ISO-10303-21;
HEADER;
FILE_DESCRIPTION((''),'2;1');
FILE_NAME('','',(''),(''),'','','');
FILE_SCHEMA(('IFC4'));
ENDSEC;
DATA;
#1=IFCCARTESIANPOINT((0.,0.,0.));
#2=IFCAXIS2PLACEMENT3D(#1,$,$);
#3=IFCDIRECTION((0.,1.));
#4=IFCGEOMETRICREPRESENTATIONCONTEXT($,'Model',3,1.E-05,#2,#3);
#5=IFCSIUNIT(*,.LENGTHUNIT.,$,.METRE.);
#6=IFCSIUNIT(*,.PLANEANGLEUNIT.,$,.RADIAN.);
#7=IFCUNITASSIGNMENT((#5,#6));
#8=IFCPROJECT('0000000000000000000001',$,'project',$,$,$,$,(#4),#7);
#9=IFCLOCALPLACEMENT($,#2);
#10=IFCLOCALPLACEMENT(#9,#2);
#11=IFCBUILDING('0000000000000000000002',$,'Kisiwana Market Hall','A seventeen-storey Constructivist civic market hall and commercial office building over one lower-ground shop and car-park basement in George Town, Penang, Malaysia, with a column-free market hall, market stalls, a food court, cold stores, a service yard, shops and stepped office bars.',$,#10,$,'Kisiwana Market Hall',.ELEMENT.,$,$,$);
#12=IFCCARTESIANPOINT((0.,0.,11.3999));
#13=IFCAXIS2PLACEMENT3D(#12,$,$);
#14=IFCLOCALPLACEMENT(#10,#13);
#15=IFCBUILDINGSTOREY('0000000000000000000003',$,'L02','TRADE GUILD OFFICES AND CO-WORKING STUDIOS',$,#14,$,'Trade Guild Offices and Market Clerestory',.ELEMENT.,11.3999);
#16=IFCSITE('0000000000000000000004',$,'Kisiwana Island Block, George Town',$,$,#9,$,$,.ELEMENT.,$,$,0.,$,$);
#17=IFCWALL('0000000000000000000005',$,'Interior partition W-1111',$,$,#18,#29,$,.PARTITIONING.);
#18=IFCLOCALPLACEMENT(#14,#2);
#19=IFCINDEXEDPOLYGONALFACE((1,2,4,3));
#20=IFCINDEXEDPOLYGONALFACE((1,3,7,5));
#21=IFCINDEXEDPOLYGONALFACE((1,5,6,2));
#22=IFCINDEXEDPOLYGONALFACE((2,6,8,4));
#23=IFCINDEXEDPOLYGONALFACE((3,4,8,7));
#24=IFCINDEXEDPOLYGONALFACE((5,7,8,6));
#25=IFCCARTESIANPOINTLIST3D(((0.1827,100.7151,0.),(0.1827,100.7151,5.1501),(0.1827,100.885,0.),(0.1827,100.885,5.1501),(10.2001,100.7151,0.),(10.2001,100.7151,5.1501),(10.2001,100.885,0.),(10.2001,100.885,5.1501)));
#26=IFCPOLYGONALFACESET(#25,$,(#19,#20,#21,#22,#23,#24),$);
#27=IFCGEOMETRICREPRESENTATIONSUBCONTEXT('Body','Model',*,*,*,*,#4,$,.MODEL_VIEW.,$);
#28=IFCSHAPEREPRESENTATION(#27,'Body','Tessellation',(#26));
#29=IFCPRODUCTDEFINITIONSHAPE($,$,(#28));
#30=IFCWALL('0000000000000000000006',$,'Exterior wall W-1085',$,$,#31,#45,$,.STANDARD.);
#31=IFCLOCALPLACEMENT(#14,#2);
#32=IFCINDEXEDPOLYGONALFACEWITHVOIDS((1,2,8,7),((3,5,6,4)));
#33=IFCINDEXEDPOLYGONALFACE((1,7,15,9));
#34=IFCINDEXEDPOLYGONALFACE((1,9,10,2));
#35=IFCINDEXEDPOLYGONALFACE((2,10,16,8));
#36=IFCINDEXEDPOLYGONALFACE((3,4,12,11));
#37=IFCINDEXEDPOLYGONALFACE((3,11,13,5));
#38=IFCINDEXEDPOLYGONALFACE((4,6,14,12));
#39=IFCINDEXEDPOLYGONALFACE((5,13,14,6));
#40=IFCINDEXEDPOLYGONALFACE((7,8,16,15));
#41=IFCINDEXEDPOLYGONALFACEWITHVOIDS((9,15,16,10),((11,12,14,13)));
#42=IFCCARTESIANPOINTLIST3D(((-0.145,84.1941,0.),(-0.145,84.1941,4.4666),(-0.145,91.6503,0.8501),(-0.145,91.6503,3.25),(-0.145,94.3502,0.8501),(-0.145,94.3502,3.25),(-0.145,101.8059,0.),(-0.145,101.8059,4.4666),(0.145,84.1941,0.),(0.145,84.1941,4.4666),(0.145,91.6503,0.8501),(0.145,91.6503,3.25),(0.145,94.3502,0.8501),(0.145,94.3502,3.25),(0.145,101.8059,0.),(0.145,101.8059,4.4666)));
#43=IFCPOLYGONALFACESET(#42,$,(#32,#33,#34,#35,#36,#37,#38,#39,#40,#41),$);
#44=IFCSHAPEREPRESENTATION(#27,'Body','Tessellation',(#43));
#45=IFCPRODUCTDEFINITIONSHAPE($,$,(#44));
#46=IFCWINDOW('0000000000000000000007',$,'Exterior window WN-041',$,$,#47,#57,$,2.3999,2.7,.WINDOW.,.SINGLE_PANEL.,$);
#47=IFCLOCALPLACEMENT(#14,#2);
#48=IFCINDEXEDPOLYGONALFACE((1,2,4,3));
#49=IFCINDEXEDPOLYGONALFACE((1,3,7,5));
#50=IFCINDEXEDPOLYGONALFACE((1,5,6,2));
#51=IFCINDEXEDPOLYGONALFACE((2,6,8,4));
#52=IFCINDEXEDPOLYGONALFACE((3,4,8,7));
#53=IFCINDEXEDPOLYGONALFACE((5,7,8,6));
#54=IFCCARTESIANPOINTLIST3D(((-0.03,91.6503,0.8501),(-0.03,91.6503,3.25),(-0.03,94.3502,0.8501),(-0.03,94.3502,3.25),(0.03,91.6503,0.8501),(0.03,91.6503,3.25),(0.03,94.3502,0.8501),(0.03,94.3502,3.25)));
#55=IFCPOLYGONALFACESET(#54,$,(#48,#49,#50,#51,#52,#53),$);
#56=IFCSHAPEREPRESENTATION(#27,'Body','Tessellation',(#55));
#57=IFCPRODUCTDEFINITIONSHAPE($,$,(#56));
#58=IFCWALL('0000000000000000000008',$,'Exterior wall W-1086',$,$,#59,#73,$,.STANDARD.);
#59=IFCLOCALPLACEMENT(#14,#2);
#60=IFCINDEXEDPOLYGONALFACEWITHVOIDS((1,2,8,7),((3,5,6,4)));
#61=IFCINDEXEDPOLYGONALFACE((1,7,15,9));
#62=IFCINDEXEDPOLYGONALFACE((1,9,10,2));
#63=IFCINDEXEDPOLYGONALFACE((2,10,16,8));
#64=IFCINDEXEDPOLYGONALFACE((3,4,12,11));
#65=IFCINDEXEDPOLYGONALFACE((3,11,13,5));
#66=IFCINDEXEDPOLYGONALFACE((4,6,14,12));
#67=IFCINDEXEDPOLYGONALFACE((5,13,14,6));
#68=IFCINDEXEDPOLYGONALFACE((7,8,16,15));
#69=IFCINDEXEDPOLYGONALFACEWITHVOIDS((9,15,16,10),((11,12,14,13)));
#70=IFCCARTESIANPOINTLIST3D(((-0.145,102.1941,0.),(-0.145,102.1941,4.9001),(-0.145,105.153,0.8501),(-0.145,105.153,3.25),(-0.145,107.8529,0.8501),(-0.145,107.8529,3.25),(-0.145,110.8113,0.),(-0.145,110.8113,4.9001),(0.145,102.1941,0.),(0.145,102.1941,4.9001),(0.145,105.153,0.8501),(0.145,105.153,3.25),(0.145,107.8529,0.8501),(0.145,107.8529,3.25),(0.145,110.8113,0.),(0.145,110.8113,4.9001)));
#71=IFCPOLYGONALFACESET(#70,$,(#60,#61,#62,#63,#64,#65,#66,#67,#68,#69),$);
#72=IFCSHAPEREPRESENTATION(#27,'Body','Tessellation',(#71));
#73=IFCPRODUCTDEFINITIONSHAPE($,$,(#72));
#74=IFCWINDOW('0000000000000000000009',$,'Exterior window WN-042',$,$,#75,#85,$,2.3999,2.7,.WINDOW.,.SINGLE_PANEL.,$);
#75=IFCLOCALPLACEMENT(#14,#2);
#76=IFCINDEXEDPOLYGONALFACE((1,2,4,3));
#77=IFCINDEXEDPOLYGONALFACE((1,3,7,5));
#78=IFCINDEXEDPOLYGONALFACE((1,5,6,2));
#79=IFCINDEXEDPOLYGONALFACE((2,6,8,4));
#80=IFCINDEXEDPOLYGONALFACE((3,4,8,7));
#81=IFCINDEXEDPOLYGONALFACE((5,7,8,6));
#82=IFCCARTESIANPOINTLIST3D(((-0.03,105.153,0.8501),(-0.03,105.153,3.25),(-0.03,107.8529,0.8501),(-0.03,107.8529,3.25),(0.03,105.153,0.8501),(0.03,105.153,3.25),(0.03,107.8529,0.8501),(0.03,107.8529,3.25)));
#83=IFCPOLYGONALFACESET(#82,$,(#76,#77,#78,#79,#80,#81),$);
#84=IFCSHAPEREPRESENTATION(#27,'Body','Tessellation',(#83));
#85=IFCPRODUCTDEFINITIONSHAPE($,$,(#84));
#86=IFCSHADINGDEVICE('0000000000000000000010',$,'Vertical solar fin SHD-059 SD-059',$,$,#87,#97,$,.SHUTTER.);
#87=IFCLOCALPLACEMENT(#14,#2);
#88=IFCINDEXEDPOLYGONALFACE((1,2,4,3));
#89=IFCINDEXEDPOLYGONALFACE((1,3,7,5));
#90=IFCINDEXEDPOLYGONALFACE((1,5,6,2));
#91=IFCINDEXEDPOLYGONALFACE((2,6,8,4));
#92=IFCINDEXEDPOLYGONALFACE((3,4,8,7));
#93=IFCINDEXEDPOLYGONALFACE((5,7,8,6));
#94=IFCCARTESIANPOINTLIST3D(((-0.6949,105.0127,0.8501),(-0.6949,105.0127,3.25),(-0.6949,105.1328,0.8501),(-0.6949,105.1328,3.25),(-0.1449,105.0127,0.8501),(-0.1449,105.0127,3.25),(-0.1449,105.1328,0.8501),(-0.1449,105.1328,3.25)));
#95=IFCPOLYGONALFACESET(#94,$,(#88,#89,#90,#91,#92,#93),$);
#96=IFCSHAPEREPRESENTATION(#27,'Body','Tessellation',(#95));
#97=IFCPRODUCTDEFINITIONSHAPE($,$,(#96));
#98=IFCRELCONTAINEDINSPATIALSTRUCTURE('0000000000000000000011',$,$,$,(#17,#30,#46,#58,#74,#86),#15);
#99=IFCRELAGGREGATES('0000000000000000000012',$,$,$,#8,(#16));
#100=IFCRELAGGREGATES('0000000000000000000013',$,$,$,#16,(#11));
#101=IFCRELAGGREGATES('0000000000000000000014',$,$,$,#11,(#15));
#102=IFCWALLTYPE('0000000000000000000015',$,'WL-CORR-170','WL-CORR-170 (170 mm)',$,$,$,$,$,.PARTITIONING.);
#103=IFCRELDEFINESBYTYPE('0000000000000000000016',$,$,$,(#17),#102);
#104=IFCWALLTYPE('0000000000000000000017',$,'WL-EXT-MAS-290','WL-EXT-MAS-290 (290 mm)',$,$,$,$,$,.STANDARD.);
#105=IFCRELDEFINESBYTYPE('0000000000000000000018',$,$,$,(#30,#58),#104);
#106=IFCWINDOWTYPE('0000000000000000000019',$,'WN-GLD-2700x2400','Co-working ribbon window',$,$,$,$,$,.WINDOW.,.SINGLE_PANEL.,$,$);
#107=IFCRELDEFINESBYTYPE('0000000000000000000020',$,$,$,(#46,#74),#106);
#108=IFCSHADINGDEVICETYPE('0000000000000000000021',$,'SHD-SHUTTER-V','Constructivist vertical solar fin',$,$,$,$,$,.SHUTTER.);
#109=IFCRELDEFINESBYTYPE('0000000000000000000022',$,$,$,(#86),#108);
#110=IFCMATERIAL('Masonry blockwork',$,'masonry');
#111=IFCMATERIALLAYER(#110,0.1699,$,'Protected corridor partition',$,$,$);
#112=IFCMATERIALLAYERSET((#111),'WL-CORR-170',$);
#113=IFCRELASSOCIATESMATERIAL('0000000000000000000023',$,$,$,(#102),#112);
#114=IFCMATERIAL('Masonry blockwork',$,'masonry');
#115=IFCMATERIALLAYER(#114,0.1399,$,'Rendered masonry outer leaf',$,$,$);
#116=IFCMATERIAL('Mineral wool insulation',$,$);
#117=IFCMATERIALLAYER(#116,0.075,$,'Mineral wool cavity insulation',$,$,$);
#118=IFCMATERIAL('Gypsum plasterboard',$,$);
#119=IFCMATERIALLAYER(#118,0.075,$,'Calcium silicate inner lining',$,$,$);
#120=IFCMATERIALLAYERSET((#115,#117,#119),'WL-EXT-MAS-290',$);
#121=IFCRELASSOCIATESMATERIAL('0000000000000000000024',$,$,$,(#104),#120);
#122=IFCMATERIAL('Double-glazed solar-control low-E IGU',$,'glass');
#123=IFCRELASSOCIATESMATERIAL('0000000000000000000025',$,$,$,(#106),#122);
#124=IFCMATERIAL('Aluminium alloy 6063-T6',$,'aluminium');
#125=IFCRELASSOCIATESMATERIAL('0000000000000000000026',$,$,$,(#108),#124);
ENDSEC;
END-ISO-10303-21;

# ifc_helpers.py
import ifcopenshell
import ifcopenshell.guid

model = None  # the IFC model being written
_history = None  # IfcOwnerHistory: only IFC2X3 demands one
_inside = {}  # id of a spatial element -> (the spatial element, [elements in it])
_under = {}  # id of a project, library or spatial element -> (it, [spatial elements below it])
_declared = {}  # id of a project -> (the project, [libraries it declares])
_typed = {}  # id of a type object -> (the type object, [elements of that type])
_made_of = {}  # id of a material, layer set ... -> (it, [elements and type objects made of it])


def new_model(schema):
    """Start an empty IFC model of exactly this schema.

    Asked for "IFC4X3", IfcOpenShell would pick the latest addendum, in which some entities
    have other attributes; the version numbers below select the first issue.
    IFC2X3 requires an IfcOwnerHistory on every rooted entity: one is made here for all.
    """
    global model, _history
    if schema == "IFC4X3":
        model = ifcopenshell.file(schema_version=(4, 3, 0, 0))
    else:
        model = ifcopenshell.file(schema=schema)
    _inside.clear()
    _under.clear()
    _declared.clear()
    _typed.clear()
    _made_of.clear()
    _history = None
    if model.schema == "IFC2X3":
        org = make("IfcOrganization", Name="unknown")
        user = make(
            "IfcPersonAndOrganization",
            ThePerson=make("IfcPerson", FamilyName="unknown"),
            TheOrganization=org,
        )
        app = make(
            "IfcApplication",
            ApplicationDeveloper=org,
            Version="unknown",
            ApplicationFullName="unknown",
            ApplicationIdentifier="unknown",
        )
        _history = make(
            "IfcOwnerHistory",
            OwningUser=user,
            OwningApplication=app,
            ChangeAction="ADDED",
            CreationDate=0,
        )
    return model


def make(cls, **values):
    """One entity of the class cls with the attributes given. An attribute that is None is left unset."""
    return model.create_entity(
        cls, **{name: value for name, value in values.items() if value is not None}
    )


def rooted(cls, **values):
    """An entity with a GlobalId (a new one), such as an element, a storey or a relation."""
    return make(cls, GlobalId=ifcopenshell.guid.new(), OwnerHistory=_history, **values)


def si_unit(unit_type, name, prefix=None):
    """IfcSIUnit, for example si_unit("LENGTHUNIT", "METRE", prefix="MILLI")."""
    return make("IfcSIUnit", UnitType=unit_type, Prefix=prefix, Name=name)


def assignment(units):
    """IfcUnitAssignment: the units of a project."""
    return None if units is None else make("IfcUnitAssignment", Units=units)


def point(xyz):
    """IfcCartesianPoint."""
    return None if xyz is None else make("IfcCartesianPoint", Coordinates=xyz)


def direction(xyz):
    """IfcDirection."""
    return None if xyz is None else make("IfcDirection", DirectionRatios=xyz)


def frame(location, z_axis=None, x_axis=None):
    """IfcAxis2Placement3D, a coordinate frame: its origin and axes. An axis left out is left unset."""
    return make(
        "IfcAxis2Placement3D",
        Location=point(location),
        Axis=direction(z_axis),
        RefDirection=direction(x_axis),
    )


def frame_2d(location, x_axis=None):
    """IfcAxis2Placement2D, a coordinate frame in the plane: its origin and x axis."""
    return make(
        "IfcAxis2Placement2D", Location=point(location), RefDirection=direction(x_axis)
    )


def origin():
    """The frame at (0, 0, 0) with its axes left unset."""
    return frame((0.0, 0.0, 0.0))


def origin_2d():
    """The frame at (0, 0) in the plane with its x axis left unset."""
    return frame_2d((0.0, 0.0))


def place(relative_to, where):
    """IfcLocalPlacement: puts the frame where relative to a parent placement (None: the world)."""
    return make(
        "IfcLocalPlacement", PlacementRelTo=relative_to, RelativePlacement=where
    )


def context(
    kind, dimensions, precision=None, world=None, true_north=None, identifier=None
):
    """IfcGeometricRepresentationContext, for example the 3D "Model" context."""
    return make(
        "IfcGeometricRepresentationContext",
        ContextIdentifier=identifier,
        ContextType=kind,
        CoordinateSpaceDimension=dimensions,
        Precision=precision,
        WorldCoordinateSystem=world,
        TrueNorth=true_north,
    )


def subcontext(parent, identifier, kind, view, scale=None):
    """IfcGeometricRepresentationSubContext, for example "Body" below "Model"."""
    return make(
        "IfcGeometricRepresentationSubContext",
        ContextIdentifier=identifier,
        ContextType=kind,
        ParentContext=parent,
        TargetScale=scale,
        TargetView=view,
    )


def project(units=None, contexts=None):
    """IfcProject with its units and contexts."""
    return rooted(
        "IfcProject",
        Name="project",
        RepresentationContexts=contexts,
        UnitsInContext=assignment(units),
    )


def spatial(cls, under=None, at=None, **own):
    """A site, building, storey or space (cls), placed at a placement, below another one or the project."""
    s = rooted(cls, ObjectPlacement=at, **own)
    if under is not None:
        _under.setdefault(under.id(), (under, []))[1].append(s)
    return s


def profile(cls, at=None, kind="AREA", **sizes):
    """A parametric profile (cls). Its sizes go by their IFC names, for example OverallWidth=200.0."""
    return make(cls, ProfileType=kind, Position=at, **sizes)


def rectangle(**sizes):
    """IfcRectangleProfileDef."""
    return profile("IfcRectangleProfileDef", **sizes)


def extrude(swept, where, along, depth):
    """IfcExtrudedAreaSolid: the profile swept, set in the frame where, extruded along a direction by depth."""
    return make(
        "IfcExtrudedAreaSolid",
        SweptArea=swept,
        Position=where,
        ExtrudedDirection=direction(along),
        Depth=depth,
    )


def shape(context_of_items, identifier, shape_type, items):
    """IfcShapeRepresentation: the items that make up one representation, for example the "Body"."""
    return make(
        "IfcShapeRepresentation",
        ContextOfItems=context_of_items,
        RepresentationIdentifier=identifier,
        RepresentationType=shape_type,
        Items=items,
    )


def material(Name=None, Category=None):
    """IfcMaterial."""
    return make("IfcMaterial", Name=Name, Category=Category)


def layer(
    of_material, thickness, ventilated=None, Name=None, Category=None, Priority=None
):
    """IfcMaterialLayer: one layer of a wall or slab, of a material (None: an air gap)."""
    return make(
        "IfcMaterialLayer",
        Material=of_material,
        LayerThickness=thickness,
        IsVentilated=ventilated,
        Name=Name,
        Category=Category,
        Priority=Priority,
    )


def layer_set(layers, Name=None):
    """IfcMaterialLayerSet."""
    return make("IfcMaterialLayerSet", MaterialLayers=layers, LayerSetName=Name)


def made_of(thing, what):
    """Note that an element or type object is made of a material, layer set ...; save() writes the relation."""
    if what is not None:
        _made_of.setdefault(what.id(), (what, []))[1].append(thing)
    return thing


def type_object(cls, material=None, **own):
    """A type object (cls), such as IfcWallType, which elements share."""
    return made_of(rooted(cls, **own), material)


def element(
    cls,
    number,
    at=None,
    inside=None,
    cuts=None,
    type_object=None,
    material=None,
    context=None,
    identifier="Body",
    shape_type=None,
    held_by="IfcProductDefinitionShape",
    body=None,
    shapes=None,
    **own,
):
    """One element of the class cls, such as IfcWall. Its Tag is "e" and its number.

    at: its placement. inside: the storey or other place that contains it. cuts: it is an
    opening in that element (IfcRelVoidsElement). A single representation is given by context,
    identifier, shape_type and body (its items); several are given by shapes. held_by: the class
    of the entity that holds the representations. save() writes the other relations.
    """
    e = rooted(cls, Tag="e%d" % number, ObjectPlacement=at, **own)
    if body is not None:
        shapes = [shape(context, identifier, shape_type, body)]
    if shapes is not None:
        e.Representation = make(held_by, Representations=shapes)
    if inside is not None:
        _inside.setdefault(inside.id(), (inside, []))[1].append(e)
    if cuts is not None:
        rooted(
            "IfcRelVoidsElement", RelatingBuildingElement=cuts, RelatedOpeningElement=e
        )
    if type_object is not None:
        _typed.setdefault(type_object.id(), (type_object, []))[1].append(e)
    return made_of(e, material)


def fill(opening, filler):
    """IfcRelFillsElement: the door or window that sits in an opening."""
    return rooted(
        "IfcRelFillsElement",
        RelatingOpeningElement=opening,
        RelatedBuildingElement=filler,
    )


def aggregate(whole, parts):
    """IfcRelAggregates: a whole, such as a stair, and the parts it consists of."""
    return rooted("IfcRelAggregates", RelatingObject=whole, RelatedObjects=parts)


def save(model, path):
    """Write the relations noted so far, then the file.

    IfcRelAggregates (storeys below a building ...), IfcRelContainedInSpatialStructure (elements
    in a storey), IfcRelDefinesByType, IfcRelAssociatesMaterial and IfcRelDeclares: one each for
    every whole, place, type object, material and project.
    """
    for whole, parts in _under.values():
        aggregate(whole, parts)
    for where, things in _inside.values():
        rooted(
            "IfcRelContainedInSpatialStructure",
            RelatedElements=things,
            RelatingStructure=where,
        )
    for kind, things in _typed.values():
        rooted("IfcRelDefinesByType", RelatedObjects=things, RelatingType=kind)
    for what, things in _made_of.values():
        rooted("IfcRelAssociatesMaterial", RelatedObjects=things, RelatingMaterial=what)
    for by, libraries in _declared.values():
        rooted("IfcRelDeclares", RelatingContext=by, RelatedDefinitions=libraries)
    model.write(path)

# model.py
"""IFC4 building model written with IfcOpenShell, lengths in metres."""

from ifc_helpers import new_model, si_unit, direction, frame, frame_2d, origin, origin_2d, place, context, subcontext, project, spatial, rectangle, extrude, material, layer, layer_set, type_object, element, fill, save


model = new_model("IFC4")

# Units and contexts
model_context = context("Model", 3, precision=1e-05, world=origin(), true_north=direction((0.0, 1.0)))
body_context = subcontext(model_context, "Body", "Model", "MODEL_VIEW")
ifc_project = project(units=[si_unit("LENGTHUNIT", "METRE"), si_unit("PLANEANGLEUNIT", "RADIAN")], contexts=[model_context])

# Site, building, storey
site_placement = place(None, origin())
site = spatial("IfcSite", under=ifc_project, at=site_placement, Name="Kisiwana Island Block, George Town", CompositionType="ELEMENT", RefElevation=0.0)
building_placement = place(site_placement, origin())
building = spatial("IfcBuilding", under=site, at=building_placement, Name="Kisiwana Market Hall", Description="A seventeen-storey Constructivist civic market hall and commercial office building over one lower-ground shop and car-park basement in George Town, Penang, Malaysia, with a column-free market hall, market stalls, a food court, cold stores, a service yard, shops and stepped office bars.", LongName="Kisiwana Market Hall", CompositionType="ELEMENT")
storey_placement = place(building_placement, frame((0.0, 0.0, 11.3999)))
storey = spatial("IfcBuildingStorey", under=building, at=storey_placement, Name="L02", Description="TRADE GUILD OFFICES AND CO-WORKING STUDIOS", LongName="Trade Guild Offices and Market Clerestory", CompositionType="ELEMENT", Elevation=11.3999)

# Wall
ifc_material_1 = material(Name="Masonry blockwork", Category="masonry")
ifc_layer_1 = layer(ifc_material_1, 0.1699, Name="Protected corridor partition")
ifc_layer_set_1 = layer_set([ifc_layer_1], Name="WL-CORR-170")
wall_type_1 = type_object("IfcWallType", Name="WL-CORR-170", Description="WL-CORR-170 (170 mm)", PredefinedType="PARTITIONING", material=ifc_layer_set_1)
wall_1_placement = place(storey_placement, frame((0.1826, 100.8, 0.0), z_axis=(0.0, 0.0, 1.0), x_axis=(1.0, 0.0, 0.0)))
element("IfcWall", 1, at=wall_1_placement, inside=storey, type_object=wall_type_1, Name="Interior partition W-1111", PredefinedType="PARTITIONING", context=body_context, shape_type="SweptSolid", body=[
    extrude(rectangle(XDim=10.0173, YDim=0.1699, at=frame_2d((5.0088, 0.0))), origin(), (0.0, 0.0, 1.0), 5.1501),
])

# Walls, openings, windows
ifc_material_2 = material(Name="Masonry blockwork", Category="masonry")
ifc_layer_2 = layer(ifc_material_2, 0.1399, Name="Rendered masonry outer leaf")
ifc_material_3 = material(Name="Mineral wool insulation")
ifc_layer_3 = layer(ifc_material_3, 0.075, Name="Mineral wool cavity insulation")
ifc_material_4 = material(Name="Gypsum plasterboard")
ifc_layer_4 = layer(ifc_material_4, 0.075, Name="Calcium silicate inner lining")
ifc_layer_set_2 = layer_set([ifc_layer_2, ifc_layer_3, ifc_layer_4], Name="WL-EXT-MAS-290")
wall_type_2 = type_object("IfcWallType", Name="WL-EXT-MAS-290", Description="WL-EXT-MAS-290 (290 mm)", PredefinedType="STANDARD", material=ifc_layer_set_2)
wall_2_placement = place(storey_placement, frame((0.0, 84.1941, 0.0), z_axis=(0.0, 0.0, 1.0), x_axis=(0.0, 1.0, 0.0)))
wall_2 = element("IfcWall", 2, at=wall_2_placement, inside=storey, type_object=wall_type_2, Name="Exterior wall W-1085", PredefinedType="STANDARD", context=body_context, shape_type="SweptSolid", body=[
    extrude(rectangle(XDim=17.6118, YDim=0.29, at=frame_2d((8.8059, 0.0))), origin(), (0.0, 0.0, 1.0), 4.4666),
])
opening_1_placement = place(wall_2_placement, frame((7.4561, 0.0, 0.8501)))
opening_1 = element("IfcOpeningElement", 3, at=opening_1_placement, cuts=wall_2, PredefinedType="OPENING", context=body_context, shape_type="SweptSolid", body=[
    extrude(rectangle(XDim=2.7, YDim=2.3999, at=frame_2d((1.3501, 1.2))), frame((0.0, 0.157, 0.0), z_axis=(0.0, -1.0, 0.0), x_axis=(1.0, 0.0, 0.0)), (0.0, 0.0, 1.0), 0.314),
])
ifc_material_5 = material(Name="Double-glazed solar-control low-E IGU", Category="glass")
window_type = type_object("IfcWindowType", Name="WN-GLD-2700x2400", Description="Co-working ribbon window", PartitioningType="SINGLE_PANEL", PredefinedType="WINDOW", material=ifc_material_5)
window_1_placement = place(opening_1_placement, origin())
window_1 = element("IfcWindow", 4, at=window_1_placement, inside=storey, type_object=window_type, Name="Exterior window WN-041", OverallHeight=2.3999, OverallWidth=2.7, PartitioningType="SINGLE_PANEL", PredefinedType="WINDOW", context=body_context, shape_type="SweptSolid", body=[
    extrude(rectangle(XDim=2.7, YDim=2.3999, at=frame_2d((1.3501, 1.2))), frame((0.0, 0.03, 0.0), z_axis=(0.0, -1.0, 0.0), x_axis=(1.0, 0.0, 0.0)), (0.0, 0.0, 1.0), 0.0601),
])
fill(opening_1, window_1)
wall_3_placement = place(storey_placement, frame((0.0, 102.1941, 0.0), z_axis=(0.0, 0.0, 1.0), x_axis=(0.0, 1.0, 0.0)))
wall_3 = element("IfcWall", 5, at=wall_3_placement, inside=storey, type_object=wall_type_2, Name="Exterior wall W-1086", PredefinedType="STANDARD", context=body_context, shape_type="SweptSolid", body=[
    extrude(rectangle(XDim=8.6172, YDim=0.29, at=frame_2d((4.3086, 0.0))), origin(), (0.0, 0.0, 1.0), 4.9001),
])
opening_2_placement = place(wall_3_placement, frame((2.9587, 0.0, 0.8501)))
opening_2 = element("IfcOpeningElement", 6, at=opening_2_placement, cuts=wall_3, PredefinedType="OPENING", context=body_context, shape_type="SweptSolid", body=[
    extrude(rectangle(XDim=2.7, YDim=2.3999, at=frame_2d((1.3501, 1.2))), frame((0.0, 0.157, 0.0), z_axis=(0.0, -1.0, 0.0), x_axis=(1.0, 0.0, 0.0)), (0.0, 0.0, 1.0), 0.314),
])
window_2_placement = place(opening_2_placement, origin())
window_2 = element("IfcWindow", 7, at=window_2_placement, inside=storey, type_object=window_type, Name="Exterior window WN-042", OverallHeight=2.3999, OverallWidth=2.7, PartitioningType="SINGLE_PANEL", PredefinedType="WINDOW", context=body_context, shape_type="SweptSolid", body=[
    extrude(rectangle(XDim=2.7, YDim=2.3999, at=frame_2d((1.3501, 1.2))), frame((0.0, 0.03, 0.0), z_axis=(0.0, -1.0, 0.0), x_axis=(1.0, 0.0, 0.0)), (0.0, 0.0, 1.0), 0.0601),
])
fill(opening_2, window_2)

# Shading device
ifc_material_6 = material(Name="Aluminium alloy 6063-T6", Category="aluminium")
shading_device_type = type_object("IfcShadingDeviceType", Name="SHD-SHUTTER-V", Description="Constructivist vertical solar fin", PredefinedType="SHUTTER", material=ifc_material_6)
shading_device_placement = place(storey_placement, frame((-0.4199, 105.0728, 0.8501), z_axis=(0.0, 0.0, 1.0), x_axis=(0.0, 1.0, 0.0)))
element("IfcShadingDevice", 8, at=shading_device_placement, inside=storey, type_object=shading_device_type, Name="Vertical solar fin SHD-059 SD-059", PredefinedType="SHUTTER", context=body_context, shape_type="SweptSolid", body=[
    extrude(rectangle(XDim=0.1201, YDim=0.55, at=origin_2d()), origin(), (0.0, 0.0, 1.0), 2.3999),
])

save(model, "model.ifc")
